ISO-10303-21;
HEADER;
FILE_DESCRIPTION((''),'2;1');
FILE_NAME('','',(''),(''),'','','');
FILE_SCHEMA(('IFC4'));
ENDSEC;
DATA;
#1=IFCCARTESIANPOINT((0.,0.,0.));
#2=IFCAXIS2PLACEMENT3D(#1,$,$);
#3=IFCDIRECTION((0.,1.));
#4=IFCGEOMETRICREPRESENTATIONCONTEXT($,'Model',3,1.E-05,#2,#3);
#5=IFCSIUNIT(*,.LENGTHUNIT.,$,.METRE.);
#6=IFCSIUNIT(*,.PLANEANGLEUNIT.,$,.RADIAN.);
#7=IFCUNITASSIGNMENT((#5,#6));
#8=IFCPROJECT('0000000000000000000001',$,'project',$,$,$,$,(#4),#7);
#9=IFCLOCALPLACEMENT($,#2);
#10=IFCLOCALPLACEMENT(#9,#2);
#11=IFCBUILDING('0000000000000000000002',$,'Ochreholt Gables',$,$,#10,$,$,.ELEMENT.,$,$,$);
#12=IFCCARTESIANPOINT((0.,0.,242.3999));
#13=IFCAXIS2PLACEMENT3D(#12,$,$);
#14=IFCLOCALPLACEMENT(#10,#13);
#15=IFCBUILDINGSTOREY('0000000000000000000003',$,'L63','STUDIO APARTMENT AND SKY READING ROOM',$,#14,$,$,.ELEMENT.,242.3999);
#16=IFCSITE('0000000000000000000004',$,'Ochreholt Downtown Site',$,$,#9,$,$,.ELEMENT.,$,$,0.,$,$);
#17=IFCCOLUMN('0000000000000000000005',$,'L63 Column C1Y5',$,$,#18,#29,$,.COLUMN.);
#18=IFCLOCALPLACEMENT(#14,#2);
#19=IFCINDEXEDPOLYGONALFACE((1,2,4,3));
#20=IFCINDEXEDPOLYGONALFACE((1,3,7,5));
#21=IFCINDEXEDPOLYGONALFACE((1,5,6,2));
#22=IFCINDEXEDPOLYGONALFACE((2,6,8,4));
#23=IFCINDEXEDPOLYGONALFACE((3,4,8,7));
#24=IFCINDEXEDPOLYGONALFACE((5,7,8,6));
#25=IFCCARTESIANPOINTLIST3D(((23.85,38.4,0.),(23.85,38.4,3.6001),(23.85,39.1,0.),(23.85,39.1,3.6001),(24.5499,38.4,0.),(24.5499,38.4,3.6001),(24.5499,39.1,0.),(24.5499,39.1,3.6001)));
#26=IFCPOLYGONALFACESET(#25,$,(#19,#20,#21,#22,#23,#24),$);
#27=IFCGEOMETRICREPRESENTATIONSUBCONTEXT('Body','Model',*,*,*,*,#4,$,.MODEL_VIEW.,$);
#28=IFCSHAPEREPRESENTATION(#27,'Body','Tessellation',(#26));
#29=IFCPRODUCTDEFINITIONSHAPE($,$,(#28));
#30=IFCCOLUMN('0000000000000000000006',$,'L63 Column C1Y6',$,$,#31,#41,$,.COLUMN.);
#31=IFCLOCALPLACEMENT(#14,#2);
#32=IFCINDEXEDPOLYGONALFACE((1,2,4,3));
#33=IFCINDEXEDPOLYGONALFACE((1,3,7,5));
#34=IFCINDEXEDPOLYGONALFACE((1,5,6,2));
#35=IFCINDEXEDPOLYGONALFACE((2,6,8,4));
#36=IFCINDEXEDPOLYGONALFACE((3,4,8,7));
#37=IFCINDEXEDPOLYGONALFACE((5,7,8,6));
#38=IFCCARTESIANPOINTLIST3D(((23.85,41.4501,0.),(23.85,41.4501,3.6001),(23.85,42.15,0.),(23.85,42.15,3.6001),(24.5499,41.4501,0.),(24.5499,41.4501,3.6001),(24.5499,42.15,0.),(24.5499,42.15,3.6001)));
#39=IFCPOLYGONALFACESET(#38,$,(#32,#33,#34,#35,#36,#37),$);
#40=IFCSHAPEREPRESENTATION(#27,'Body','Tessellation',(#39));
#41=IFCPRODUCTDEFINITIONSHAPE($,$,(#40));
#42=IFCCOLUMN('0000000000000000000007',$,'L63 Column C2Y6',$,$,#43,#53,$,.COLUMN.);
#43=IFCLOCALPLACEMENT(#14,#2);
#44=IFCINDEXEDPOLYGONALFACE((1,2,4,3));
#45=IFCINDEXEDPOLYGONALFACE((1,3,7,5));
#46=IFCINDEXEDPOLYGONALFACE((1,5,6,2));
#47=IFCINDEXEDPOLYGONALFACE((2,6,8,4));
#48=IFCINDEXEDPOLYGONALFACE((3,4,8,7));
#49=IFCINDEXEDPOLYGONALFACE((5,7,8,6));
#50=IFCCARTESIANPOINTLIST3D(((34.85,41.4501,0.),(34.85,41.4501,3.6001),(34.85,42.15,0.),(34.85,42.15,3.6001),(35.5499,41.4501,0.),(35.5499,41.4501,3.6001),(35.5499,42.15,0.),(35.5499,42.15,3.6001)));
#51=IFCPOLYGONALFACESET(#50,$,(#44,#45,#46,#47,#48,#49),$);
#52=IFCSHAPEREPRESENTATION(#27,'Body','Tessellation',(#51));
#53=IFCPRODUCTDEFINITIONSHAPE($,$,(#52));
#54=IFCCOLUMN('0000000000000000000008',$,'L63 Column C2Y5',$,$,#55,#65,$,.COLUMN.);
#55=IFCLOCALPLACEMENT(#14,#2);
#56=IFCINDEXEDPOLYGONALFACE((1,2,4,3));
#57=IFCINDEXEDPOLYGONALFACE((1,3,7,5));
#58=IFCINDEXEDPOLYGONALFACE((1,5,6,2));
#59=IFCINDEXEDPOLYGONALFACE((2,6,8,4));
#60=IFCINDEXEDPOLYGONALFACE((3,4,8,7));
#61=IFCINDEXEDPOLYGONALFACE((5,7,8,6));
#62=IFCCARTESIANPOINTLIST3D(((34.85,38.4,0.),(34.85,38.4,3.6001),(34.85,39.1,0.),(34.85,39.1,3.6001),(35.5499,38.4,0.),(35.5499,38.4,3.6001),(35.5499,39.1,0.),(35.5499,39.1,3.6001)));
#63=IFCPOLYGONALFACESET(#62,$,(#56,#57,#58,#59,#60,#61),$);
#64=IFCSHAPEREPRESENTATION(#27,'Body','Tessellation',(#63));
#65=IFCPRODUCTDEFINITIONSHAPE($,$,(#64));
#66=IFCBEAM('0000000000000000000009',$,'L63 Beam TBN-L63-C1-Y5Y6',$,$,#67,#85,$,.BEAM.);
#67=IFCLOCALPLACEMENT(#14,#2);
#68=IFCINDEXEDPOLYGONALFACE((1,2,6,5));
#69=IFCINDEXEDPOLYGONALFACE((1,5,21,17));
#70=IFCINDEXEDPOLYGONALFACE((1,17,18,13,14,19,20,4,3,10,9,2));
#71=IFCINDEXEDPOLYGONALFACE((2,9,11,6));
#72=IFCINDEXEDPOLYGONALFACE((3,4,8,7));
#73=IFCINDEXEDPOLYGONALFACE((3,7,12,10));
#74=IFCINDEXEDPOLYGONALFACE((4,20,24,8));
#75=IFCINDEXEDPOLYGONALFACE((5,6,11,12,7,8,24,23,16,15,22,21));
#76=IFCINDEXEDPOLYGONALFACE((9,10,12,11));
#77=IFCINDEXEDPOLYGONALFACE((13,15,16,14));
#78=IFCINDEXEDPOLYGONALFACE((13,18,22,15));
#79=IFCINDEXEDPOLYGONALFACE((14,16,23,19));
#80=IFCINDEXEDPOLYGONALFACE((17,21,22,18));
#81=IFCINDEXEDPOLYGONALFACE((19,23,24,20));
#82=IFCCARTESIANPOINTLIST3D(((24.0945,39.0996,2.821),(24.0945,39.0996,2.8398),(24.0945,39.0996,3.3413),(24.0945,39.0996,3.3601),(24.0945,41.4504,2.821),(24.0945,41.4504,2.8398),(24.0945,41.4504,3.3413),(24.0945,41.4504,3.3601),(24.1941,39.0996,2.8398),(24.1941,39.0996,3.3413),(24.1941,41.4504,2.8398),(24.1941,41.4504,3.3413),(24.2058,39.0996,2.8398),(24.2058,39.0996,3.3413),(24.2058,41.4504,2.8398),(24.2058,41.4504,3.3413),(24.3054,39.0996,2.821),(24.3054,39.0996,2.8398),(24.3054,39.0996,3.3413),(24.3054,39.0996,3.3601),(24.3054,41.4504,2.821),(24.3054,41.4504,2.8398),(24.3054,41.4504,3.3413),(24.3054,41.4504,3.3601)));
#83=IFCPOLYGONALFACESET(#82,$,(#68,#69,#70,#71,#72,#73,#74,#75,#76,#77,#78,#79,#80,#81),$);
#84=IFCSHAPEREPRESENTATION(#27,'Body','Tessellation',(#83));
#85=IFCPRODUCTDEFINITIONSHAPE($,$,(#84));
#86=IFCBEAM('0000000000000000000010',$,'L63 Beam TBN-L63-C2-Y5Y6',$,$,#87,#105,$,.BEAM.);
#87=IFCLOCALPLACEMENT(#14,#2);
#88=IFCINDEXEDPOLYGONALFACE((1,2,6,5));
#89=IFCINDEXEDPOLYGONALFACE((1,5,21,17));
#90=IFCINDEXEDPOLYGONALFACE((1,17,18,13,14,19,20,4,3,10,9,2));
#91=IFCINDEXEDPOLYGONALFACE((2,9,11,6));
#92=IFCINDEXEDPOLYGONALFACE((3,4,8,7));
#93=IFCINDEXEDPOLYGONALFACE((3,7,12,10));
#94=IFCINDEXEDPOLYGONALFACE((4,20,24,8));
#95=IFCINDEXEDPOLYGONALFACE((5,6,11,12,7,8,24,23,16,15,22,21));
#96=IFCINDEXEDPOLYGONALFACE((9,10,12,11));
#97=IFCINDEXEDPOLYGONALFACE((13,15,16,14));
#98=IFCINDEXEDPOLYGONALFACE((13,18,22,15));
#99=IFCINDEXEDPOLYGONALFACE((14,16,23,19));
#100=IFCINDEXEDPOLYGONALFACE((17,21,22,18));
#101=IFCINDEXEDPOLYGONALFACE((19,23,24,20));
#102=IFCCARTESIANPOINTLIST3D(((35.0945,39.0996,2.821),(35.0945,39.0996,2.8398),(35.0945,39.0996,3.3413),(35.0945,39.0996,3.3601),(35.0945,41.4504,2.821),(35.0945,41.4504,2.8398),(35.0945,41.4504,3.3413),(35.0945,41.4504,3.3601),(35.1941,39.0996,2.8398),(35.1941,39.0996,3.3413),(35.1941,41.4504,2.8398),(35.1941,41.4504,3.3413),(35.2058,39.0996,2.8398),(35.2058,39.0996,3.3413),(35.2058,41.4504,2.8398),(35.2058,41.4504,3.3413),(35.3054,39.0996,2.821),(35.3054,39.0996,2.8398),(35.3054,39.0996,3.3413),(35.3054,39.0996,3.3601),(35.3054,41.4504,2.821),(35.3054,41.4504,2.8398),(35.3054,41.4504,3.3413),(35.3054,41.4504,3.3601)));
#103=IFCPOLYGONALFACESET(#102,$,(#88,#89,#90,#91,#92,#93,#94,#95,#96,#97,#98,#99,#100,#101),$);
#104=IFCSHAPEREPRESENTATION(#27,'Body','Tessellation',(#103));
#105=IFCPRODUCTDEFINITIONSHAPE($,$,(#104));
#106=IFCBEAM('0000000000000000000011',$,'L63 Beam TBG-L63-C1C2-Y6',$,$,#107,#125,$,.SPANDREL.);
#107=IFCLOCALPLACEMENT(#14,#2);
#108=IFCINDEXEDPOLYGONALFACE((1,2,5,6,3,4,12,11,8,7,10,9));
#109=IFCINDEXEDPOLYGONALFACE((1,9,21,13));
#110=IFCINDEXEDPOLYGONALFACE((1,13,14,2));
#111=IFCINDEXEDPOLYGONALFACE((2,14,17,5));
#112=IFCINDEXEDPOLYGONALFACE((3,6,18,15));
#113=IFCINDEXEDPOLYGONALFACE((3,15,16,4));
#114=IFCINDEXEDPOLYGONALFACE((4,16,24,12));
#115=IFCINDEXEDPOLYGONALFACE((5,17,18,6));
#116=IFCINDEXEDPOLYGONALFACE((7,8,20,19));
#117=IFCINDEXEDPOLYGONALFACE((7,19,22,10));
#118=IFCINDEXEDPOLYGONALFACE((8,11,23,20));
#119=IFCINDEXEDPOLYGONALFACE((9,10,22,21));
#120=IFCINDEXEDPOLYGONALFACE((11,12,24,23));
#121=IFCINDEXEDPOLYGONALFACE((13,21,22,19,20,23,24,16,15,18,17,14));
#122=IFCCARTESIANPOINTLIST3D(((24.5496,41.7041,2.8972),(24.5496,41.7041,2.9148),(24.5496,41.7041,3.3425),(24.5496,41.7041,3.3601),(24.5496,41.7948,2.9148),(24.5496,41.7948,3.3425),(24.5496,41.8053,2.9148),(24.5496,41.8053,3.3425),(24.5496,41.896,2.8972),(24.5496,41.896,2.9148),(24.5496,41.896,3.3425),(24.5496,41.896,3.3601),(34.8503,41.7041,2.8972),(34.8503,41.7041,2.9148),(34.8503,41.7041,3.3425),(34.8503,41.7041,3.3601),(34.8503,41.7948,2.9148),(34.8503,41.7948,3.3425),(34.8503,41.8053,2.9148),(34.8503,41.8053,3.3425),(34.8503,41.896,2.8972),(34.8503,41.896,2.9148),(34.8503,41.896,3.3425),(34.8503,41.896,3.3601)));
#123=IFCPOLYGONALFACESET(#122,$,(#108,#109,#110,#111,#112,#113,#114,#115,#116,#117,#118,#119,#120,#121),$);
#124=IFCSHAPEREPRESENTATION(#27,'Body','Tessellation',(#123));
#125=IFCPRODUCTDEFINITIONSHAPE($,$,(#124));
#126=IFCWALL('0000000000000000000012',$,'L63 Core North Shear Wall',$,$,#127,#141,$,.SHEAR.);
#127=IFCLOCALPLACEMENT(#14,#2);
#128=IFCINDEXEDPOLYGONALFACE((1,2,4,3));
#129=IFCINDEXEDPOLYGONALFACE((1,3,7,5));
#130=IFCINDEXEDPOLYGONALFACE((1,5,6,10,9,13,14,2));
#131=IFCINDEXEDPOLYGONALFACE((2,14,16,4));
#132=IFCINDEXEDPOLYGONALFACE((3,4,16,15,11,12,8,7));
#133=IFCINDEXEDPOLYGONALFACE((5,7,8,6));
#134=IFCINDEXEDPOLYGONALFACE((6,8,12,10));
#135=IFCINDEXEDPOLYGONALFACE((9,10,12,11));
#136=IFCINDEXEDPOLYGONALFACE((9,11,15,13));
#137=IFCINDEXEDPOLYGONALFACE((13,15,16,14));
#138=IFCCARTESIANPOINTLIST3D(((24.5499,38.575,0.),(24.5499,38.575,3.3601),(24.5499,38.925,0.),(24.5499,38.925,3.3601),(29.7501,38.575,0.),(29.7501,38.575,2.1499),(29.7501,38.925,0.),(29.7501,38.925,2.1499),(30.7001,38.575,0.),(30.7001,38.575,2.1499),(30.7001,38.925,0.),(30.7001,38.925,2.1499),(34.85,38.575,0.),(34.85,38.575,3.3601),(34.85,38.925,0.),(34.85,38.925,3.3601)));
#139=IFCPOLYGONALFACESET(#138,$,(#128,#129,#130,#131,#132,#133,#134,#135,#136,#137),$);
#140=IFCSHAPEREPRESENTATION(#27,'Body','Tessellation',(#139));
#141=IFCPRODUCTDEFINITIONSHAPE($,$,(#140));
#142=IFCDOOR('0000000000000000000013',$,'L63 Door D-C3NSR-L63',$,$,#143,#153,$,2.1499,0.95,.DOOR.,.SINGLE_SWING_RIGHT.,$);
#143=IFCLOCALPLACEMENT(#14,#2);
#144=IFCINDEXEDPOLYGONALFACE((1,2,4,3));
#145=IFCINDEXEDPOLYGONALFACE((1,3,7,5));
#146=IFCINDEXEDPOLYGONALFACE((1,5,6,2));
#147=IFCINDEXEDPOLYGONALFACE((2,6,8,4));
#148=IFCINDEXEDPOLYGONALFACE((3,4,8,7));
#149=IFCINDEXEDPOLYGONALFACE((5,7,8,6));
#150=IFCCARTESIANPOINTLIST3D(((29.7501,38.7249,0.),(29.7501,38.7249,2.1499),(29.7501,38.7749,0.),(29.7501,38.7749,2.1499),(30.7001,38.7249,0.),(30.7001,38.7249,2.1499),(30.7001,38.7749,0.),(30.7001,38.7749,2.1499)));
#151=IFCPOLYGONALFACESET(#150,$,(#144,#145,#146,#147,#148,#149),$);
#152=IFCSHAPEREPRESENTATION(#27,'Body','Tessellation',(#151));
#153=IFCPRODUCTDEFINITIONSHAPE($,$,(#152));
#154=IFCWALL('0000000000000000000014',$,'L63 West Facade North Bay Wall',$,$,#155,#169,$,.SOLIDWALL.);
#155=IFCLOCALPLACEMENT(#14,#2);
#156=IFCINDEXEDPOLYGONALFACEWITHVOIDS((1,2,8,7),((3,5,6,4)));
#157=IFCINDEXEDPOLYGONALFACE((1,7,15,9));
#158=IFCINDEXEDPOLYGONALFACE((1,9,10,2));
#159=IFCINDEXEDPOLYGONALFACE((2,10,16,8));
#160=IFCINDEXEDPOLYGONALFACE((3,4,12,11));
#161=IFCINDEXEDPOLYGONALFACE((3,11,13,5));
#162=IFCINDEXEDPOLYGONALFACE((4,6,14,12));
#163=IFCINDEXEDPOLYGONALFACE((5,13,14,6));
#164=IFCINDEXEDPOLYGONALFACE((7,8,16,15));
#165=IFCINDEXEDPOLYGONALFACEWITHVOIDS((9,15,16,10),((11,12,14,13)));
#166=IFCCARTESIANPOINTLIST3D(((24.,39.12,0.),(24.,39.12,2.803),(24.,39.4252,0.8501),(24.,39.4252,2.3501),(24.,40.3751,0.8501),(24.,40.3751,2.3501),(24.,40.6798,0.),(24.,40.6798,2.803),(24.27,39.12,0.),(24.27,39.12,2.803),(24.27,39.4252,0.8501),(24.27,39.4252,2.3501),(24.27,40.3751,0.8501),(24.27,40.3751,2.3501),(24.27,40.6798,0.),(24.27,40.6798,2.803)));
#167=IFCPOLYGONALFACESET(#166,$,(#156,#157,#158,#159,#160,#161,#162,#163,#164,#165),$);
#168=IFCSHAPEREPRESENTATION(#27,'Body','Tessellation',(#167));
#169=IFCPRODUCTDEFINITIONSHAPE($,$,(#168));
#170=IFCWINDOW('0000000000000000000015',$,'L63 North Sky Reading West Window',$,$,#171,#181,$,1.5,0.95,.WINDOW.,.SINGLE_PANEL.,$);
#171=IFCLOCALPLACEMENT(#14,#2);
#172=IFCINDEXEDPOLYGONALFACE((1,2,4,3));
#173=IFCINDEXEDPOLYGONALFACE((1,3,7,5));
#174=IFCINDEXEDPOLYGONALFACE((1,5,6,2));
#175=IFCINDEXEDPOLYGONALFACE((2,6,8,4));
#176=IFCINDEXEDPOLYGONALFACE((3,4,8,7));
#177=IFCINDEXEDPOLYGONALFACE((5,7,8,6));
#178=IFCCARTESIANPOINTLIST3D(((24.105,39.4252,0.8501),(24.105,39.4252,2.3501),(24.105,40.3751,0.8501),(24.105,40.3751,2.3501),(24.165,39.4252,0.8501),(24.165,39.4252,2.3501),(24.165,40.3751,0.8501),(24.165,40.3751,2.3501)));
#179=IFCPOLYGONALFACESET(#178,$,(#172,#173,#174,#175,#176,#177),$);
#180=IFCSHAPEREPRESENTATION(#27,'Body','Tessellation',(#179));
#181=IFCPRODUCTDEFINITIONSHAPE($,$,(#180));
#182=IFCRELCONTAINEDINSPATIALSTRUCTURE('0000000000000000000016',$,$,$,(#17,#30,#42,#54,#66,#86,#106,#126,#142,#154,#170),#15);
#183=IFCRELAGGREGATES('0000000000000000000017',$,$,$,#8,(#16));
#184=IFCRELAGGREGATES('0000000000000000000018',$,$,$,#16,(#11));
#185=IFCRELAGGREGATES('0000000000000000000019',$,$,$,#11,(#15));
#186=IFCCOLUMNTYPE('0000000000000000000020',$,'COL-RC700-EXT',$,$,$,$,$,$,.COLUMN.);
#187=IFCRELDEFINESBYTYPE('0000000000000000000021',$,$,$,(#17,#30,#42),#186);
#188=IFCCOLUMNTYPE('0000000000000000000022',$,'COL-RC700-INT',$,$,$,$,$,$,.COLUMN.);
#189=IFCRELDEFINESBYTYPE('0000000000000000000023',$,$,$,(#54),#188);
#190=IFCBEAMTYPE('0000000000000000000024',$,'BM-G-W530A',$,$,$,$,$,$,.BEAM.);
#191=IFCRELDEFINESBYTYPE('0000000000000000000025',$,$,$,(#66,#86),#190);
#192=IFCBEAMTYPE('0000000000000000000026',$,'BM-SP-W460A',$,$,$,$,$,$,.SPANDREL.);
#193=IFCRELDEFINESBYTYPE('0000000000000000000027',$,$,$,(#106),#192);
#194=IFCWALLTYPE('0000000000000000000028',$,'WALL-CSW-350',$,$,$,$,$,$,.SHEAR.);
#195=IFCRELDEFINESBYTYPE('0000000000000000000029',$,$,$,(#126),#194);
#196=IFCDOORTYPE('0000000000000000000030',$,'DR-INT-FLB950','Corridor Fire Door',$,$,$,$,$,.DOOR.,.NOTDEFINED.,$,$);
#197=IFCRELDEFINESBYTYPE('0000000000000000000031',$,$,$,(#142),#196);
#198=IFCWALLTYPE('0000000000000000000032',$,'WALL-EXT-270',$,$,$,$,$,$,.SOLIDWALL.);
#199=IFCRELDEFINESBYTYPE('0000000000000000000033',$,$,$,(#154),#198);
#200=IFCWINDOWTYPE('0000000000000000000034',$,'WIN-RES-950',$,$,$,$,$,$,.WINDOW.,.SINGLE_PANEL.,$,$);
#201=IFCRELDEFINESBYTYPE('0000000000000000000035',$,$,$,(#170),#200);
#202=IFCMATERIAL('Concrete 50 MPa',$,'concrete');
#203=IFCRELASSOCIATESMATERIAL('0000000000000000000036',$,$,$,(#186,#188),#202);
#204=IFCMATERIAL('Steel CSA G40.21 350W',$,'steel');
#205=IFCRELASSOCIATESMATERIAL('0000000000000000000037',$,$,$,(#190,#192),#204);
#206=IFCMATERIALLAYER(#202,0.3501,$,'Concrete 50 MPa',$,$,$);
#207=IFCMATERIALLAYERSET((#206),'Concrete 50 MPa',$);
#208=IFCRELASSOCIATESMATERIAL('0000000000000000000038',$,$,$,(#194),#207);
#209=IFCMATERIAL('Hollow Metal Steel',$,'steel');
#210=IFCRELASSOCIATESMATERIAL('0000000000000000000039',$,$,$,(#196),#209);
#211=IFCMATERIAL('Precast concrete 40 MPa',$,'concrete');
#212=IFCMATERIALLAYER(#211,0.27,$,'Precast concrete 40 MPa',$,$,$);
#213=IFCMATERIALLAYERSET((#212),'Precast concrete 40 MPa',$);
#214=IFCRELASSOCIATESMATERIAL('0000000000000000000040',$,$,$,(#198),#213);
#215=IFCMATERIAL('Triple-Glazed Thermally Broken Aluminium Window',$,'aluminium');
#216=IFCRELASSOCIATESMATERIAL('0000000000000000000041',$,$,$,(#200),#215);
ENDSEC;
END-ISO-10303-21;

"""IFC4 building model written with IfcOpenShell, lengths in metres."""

from ifc_helpers import new_model, si_unit, direction, frame, frame_2d, origin, origin_2d, place, context, subcontext, project, spatial, rectangle, i_section, extrude, material, layer, layer_set, material_profile, profile_set, type_object, element, fill, save


model = new_model("IFC4")

# Units and contexts
model_context = context("Model", 3, precision=1e-05, world=origin(), true_north=direction((0.0, 1.0)))
body_context = subcontext(model_context, "Body", "Model", "MODEL_VIEW")
ifc_project = project(units=[si_unit("LENGTHUNIT", "METRE"), si_unit("PLANEANGLEUNIT", "RADIAN")], contexts=[model_context])

# Site, building, storey
site_placement = place(None, origin())
site = spatial("IfcSite", under=ifc_project, at=site_placement, Name="Ochreholt Downtown Site", CompositionType="ELEMENT", RefElevation=0.0)
building_placement = place(site_placement, origin())
building = spatial("IfcBuilding", under=site, at=building_placement, Name="Ochreholt Gables", CompositionType="ELEMENT")
storey_placement = place(building_placement, frame((0.0, 0.0, 242.3999)))
storey = spatial("IfcBuildingStorey", under=building, at=storey_placement, Name="L63", Description="STUDIO APARTMENT AND SKY READING ROOM", CompositionType="ELEMENT", Elevation=242.3999)

# Columns
ifc_material_1 = material(Name="Concrete 50 MPa", Category="concrete")
ifc_material_profile_1 = material_profile(ifc_material_1, rectangle(XDim=0.7, YDim=0.7, at=origin_2d()), Name="RC700X700")
ifc_profile_set_1 = profile_set([ifc_material_profile_1], Name="Concrete 50 MPa")
column_type_1 = type_object("IfcColumnType", Name="COL-RC700-EXT", PredefinedType="COLUMN", material=ifc_profile_set_1)
for number, where, z_axis, x_axis, name in (
    (1, (24.2, 38.75, 0.0), (0.0, 0.0, 1.0), (1.0, 0.0, 0.0), "L63 Column C1Y5"),
    (2, (24.2, 41.8, 0.0), (0.0, 0.0, 1.0), (1.0, 0.0, 0.0), "L63 Column C1Y6"),
    (3, (35.2, 41.8, 0.0), (0.0, 0.0, 1.0), (1.0, 0.0, 0.0), "L63 Column C2Y6"),
):
    element("IfcColumn", number, at=place(storey_placement, frame(where, z_axis=z_axis, x_axis=x_axis)), inside=storey, type_object=column_type_1, Name=name, PredefinedType="COLUMN", context=body_context, shape_type="SweptSolid", body=[
        extrude(rectangle(XDim=0.7, YDim=0.7, at=origin_2d()), origin(), (0.0, 0.0, 1.0), 3.6001),
    ])
ifc_material_profile_2 = material_profile(ifc_material_1, rectangle(XDim=0.7, YDim=0.7, at=origin_2d()), Name="RC700X700")
ifc_profile_set_2 = profile_set([ifc_material_profile_2], Name="Concrete 50 MPa")
column_type_2 = type_object("IfcColumnType", Name="COL-RC700-INT", PredefinedType="COLUMN", material=ifc_profile_set_2)
column_placement = place(storey_placement, frame((35.2, 38.75, 0.0), z_axis=(0.0, 0.0, 1.0), x_axis=(1.0, 0.0, 0.0)))
element("IfcColumn", 4, at=column_placement, inside=storey, type_object=column_type_2, Name="L63 Column C2Y5", PredefinedType="COLUMN", context=body_context, shape_type="SweptSolid", body=[
    extrude(rectangle(XDim=0.7, YDim=0.7, at=origin_2d()), origin(), (0.0, 0.0, 1.0), 3.6001),
])

# Beams
ifc_material_2 = material(Name="Steel CSA G40.21 350W", Category="steel")
ifc_material_profile_3 = material_profile(ifc_material_2, i_section(OverallWidth=0.2109, OverallDepth=0.5391, WebThickness=0.0117, FlangeThickness=0.0188, at=origin_2d()), Name="W530X109")
ifc_profile_set_3 = profile_set([ifc_material_profile_3], Name="Steel CSA G40.21 350W")
beam_type_1 = type_object("IfcBeamType", Name="BM-G-W530A", PredefinedType="BEAM", material=ifc_profile_set_3)
for number, where, z_axis, x_axis, name in (
    (5, (24.2, 39.0996, 3.0906), (0.0, 1.0, 0.0), (-1.0, 0.0, 0.0), "L63 Beam TBN-L63-C1-Y5Y6"),
    (6, (35.2, 39.0996, 3.0906), (0.0, 1.0, 0.0), (-1.0, 0.0, 0.0), "L63 Beam TBN-L63-C2-Y5Y6"),
):
    element("IfcBeam", number, at=place(storey_placement, frame(where, z_axis=z_axis, x_axis=x_axis)), inside=storey, type_object=beam_type_1, Name=name, PredefinedType="BEAM", context=body_context, shape_type="SweptSolid", body=[
        extrude(i_section(OverallWidth=0.2109, OverallDepth=0.5391, WebThickness=0.0117, FlangeThickness=0.0188, at=origin_2d()), origin(), (0.0, 0.0, 1.0), 2.3508),
    ])
ifc_material_profile_4 = material_profile(ifc_material_2, i_section(OverallWidth=0.1919, OverallDepth=0.4629, WebThickness=0.0105, FlangeThickness=0.0176, at=origin_2d()), Name="W460X89")
ifc_profile_set_4 = profile_set([ifc_material_profile_4], Name="Steel CSA G40.21 350W")
beam_type_2 = type_object("IfcBeamType", Name="BM-SP-W460A", PredefinedType="SPANDREL", material=ifc_profile_set_4)
beam_placement = place(storey_placement, frame((24.5496, 41.8, 3.1287), z_axis=(1.0, 0.0, 0.0), x_axis=(0.0, 1.0, 0.0)))
element("IfcBeam", 7, at=beam_placement, inside=storey, type_object=beam_type_2, Name="L63 Beam TBG-L63-C1C2-Y6", PredefinedType="SPANDREL", context=body_context, shape_type="SweptSolid", body=[
    extrude(i_section(OverallWidth=0.1919, OverallDepth=0.4629, WebThickness=0.0105, FlangeThickness=0.0176, at=origin_2d()), origin(), (0.0, 0.0, 1.0), 10.3008),
])

# Wall, opening, door
ifc_layer_1 = layer(ifc_material_1, 0.3501, Name="Concrete 50 MPa")
ifc_layer_set_1 = layer_set([ifc_layer_1], Name="Concrete 50 MPa")
wall_type_1 = type_object("IfcWallType", Name="WALL-CSW-350", PredefinedType="SHEAR", material=ifc_layer_set_1)
wall_1_placement = place(storey_placement, frame((24.55, 38.75, 0.0), z_axis=(0.0, 0.0, 1.0), x_axis=(1.0, 0.0, 0.0)))
wall_1 = element("IfcWall", 8, at=wall_1_placement, inside=storey, type_object=wall_type_1, Name="L63 Core North Shear Wall", PredefinedType="SHEAR", context=body_context, shape_type="SweptSolid", body=[
    extrude(rectangle(XDim=10.3, YDim=0.3501, at=frame_2d((5.1499, 0.0))), origin(), (0.0, 0.0, 1.0), 3.3601),
])
opening_1_placement = place(wall_1_placement, frame((5.2, 0.0, 0.0)))
opening_1 = element("IfcOpeningElement", 9, at=opening_1_placement, cuts=wall_1, PredefinedType="OPENING", context=body_context, shape_type="SweptSolid", body=[
    extrude(rectangle(XDim=0.95, YDim=2.1499, at=frame_2d((0.4751, 1.075))), frame((0.0, 0.1851, 0.0), z_axis=(0.0, -1.0, 0.0), x_axis=(1.0, 0.0, 0.0)), (0.0, 0.0, 1.0), 0.3701),
])
ifc_material_3 = material(Name="Hollow Metal Steel", Category="steel")
door_type_1 = type_object("IfcDoorType", Name="DR-INT-FLB950", Description="Corridor Fire Door", OperationType="NOTDEFINED", PredefinedType="DOOR", material=ifc_material_3)
door_1_placement = place(opening_1_placement, origin())
door_1 = element("IfcDoor", 10, at=door_1_placement, inside=storey, type_object=door_type_1, Name="L63 Door D-C3NSR-L63", OperationType="SINGLE_SWING_RIGHT", OverallHeight=2.1499, OverallWidth=0.95, PredefinedType="DOOR", context=body_context, shape_type="SweptSolid", body=[
    extrude(rectangle(XDim=0.95, YDim=2.1499, at=frame_2d((0.4751, 1.075))), frame((0.0, 0.0249, 0.0), z_axis=(0.0, -1.0, 0.0), x_axis=(1.0, 0.0, 0.0)), (0.0, 0.0, 1.0), 0.05),
])
fill(opening_1, door_1)

# Wall, opening, window
ifc_material_4 = material(Name="Precast concrete 40 MPa", Category="concrete")
ifc_layer_2 = layer(ifc_material_4, 0.27, Name="Precast concrete 40 MPa")
ifc_layer_set_2 = layer_set([ifc_layer_2], Name="Precast concrete 40 MPa")
wall_type_2 = type_object("IfcWallType", Name="WALL-EXT-270", PredefinedType="SOLIDWALL", material=ifc_layer_set_2)
wall_2_placement = place(storey_placement, frame((24.135, 39.1201, 0.0), z_axis=(0.0, 0.0, 1.0), x_axis=(0.0, 1.0, 0.0)))
wall_2 = element("IfcWall", 11, at=wall_2_placement, inside=storey, type_object=wall_type_2, Name="L63 West Facade North Bay Wall", PredefinedType="SOLIDWALL", context=body_context, shape_type="SweptSolid", body=[
    extrude(rectangle(XDim=1.5598, YDim=0.27, at=frame_2d((0.7798, 0.0))), origin(), (0.0, 0.0, 1.0), 2.803),
])
opening_2_placement = place(wall_2_placement, frame((0.3049, 0.0, 0.8501)))
opening_2 = element("IfcOpeningElement", 12, at=opening_2_placement, cuts=wall_2, PredefinedType="OPENING", context=body_context, shape_type="SweptSolid", body=[
    extrude(rectangle(XDim=0.95, YDim=1.5, at=frame_2d((0.4751, 0.75))), frame((0.0, 0.145, 0.0), z_axis=(0.0, -1.0, 0.0), x_axis=(1.0, 0.0, 0.0)), (0.0, 0.0, 1.0), 0.29),
])
ifc_material_5 = material(Name="Triple-Glazed Thermally Broken Aluminium Window", Category="aluminium")
window_type = type_object("IfcWindowType", Name="WIN-RES-950", PartitioningType="SINGLE_PANEL", PredefinedType="WINDOW", material=ifc_material_5)
window_placement = place(opening_2_placement, origin())
window = element("IfcWindow", 13, at=window_placement, inside=storey, type_object=window_type, Name="L63 North Sky Reading West Window", OverallHeight=1.5, OverallWidth=0.95, PartitioningType="SINGLE_PANEL", PredefinedType="WINDOW", context=body_context, shape_type="SweptSolid", body=[
    extrude(rectangle(XDim=0.95, YDim=1.5, at=frame_2d((0.4751, 0.75))), frame((0.0, 0.03, 0.0), z_axis=(0.0, -1.0, 0.0), x_axis=(1.0, 0.0, 0.0)), (0.0, 0.0, 1.0), 0.0601),
])
fill(opening_2, window)

save(model, "model.ifc")
